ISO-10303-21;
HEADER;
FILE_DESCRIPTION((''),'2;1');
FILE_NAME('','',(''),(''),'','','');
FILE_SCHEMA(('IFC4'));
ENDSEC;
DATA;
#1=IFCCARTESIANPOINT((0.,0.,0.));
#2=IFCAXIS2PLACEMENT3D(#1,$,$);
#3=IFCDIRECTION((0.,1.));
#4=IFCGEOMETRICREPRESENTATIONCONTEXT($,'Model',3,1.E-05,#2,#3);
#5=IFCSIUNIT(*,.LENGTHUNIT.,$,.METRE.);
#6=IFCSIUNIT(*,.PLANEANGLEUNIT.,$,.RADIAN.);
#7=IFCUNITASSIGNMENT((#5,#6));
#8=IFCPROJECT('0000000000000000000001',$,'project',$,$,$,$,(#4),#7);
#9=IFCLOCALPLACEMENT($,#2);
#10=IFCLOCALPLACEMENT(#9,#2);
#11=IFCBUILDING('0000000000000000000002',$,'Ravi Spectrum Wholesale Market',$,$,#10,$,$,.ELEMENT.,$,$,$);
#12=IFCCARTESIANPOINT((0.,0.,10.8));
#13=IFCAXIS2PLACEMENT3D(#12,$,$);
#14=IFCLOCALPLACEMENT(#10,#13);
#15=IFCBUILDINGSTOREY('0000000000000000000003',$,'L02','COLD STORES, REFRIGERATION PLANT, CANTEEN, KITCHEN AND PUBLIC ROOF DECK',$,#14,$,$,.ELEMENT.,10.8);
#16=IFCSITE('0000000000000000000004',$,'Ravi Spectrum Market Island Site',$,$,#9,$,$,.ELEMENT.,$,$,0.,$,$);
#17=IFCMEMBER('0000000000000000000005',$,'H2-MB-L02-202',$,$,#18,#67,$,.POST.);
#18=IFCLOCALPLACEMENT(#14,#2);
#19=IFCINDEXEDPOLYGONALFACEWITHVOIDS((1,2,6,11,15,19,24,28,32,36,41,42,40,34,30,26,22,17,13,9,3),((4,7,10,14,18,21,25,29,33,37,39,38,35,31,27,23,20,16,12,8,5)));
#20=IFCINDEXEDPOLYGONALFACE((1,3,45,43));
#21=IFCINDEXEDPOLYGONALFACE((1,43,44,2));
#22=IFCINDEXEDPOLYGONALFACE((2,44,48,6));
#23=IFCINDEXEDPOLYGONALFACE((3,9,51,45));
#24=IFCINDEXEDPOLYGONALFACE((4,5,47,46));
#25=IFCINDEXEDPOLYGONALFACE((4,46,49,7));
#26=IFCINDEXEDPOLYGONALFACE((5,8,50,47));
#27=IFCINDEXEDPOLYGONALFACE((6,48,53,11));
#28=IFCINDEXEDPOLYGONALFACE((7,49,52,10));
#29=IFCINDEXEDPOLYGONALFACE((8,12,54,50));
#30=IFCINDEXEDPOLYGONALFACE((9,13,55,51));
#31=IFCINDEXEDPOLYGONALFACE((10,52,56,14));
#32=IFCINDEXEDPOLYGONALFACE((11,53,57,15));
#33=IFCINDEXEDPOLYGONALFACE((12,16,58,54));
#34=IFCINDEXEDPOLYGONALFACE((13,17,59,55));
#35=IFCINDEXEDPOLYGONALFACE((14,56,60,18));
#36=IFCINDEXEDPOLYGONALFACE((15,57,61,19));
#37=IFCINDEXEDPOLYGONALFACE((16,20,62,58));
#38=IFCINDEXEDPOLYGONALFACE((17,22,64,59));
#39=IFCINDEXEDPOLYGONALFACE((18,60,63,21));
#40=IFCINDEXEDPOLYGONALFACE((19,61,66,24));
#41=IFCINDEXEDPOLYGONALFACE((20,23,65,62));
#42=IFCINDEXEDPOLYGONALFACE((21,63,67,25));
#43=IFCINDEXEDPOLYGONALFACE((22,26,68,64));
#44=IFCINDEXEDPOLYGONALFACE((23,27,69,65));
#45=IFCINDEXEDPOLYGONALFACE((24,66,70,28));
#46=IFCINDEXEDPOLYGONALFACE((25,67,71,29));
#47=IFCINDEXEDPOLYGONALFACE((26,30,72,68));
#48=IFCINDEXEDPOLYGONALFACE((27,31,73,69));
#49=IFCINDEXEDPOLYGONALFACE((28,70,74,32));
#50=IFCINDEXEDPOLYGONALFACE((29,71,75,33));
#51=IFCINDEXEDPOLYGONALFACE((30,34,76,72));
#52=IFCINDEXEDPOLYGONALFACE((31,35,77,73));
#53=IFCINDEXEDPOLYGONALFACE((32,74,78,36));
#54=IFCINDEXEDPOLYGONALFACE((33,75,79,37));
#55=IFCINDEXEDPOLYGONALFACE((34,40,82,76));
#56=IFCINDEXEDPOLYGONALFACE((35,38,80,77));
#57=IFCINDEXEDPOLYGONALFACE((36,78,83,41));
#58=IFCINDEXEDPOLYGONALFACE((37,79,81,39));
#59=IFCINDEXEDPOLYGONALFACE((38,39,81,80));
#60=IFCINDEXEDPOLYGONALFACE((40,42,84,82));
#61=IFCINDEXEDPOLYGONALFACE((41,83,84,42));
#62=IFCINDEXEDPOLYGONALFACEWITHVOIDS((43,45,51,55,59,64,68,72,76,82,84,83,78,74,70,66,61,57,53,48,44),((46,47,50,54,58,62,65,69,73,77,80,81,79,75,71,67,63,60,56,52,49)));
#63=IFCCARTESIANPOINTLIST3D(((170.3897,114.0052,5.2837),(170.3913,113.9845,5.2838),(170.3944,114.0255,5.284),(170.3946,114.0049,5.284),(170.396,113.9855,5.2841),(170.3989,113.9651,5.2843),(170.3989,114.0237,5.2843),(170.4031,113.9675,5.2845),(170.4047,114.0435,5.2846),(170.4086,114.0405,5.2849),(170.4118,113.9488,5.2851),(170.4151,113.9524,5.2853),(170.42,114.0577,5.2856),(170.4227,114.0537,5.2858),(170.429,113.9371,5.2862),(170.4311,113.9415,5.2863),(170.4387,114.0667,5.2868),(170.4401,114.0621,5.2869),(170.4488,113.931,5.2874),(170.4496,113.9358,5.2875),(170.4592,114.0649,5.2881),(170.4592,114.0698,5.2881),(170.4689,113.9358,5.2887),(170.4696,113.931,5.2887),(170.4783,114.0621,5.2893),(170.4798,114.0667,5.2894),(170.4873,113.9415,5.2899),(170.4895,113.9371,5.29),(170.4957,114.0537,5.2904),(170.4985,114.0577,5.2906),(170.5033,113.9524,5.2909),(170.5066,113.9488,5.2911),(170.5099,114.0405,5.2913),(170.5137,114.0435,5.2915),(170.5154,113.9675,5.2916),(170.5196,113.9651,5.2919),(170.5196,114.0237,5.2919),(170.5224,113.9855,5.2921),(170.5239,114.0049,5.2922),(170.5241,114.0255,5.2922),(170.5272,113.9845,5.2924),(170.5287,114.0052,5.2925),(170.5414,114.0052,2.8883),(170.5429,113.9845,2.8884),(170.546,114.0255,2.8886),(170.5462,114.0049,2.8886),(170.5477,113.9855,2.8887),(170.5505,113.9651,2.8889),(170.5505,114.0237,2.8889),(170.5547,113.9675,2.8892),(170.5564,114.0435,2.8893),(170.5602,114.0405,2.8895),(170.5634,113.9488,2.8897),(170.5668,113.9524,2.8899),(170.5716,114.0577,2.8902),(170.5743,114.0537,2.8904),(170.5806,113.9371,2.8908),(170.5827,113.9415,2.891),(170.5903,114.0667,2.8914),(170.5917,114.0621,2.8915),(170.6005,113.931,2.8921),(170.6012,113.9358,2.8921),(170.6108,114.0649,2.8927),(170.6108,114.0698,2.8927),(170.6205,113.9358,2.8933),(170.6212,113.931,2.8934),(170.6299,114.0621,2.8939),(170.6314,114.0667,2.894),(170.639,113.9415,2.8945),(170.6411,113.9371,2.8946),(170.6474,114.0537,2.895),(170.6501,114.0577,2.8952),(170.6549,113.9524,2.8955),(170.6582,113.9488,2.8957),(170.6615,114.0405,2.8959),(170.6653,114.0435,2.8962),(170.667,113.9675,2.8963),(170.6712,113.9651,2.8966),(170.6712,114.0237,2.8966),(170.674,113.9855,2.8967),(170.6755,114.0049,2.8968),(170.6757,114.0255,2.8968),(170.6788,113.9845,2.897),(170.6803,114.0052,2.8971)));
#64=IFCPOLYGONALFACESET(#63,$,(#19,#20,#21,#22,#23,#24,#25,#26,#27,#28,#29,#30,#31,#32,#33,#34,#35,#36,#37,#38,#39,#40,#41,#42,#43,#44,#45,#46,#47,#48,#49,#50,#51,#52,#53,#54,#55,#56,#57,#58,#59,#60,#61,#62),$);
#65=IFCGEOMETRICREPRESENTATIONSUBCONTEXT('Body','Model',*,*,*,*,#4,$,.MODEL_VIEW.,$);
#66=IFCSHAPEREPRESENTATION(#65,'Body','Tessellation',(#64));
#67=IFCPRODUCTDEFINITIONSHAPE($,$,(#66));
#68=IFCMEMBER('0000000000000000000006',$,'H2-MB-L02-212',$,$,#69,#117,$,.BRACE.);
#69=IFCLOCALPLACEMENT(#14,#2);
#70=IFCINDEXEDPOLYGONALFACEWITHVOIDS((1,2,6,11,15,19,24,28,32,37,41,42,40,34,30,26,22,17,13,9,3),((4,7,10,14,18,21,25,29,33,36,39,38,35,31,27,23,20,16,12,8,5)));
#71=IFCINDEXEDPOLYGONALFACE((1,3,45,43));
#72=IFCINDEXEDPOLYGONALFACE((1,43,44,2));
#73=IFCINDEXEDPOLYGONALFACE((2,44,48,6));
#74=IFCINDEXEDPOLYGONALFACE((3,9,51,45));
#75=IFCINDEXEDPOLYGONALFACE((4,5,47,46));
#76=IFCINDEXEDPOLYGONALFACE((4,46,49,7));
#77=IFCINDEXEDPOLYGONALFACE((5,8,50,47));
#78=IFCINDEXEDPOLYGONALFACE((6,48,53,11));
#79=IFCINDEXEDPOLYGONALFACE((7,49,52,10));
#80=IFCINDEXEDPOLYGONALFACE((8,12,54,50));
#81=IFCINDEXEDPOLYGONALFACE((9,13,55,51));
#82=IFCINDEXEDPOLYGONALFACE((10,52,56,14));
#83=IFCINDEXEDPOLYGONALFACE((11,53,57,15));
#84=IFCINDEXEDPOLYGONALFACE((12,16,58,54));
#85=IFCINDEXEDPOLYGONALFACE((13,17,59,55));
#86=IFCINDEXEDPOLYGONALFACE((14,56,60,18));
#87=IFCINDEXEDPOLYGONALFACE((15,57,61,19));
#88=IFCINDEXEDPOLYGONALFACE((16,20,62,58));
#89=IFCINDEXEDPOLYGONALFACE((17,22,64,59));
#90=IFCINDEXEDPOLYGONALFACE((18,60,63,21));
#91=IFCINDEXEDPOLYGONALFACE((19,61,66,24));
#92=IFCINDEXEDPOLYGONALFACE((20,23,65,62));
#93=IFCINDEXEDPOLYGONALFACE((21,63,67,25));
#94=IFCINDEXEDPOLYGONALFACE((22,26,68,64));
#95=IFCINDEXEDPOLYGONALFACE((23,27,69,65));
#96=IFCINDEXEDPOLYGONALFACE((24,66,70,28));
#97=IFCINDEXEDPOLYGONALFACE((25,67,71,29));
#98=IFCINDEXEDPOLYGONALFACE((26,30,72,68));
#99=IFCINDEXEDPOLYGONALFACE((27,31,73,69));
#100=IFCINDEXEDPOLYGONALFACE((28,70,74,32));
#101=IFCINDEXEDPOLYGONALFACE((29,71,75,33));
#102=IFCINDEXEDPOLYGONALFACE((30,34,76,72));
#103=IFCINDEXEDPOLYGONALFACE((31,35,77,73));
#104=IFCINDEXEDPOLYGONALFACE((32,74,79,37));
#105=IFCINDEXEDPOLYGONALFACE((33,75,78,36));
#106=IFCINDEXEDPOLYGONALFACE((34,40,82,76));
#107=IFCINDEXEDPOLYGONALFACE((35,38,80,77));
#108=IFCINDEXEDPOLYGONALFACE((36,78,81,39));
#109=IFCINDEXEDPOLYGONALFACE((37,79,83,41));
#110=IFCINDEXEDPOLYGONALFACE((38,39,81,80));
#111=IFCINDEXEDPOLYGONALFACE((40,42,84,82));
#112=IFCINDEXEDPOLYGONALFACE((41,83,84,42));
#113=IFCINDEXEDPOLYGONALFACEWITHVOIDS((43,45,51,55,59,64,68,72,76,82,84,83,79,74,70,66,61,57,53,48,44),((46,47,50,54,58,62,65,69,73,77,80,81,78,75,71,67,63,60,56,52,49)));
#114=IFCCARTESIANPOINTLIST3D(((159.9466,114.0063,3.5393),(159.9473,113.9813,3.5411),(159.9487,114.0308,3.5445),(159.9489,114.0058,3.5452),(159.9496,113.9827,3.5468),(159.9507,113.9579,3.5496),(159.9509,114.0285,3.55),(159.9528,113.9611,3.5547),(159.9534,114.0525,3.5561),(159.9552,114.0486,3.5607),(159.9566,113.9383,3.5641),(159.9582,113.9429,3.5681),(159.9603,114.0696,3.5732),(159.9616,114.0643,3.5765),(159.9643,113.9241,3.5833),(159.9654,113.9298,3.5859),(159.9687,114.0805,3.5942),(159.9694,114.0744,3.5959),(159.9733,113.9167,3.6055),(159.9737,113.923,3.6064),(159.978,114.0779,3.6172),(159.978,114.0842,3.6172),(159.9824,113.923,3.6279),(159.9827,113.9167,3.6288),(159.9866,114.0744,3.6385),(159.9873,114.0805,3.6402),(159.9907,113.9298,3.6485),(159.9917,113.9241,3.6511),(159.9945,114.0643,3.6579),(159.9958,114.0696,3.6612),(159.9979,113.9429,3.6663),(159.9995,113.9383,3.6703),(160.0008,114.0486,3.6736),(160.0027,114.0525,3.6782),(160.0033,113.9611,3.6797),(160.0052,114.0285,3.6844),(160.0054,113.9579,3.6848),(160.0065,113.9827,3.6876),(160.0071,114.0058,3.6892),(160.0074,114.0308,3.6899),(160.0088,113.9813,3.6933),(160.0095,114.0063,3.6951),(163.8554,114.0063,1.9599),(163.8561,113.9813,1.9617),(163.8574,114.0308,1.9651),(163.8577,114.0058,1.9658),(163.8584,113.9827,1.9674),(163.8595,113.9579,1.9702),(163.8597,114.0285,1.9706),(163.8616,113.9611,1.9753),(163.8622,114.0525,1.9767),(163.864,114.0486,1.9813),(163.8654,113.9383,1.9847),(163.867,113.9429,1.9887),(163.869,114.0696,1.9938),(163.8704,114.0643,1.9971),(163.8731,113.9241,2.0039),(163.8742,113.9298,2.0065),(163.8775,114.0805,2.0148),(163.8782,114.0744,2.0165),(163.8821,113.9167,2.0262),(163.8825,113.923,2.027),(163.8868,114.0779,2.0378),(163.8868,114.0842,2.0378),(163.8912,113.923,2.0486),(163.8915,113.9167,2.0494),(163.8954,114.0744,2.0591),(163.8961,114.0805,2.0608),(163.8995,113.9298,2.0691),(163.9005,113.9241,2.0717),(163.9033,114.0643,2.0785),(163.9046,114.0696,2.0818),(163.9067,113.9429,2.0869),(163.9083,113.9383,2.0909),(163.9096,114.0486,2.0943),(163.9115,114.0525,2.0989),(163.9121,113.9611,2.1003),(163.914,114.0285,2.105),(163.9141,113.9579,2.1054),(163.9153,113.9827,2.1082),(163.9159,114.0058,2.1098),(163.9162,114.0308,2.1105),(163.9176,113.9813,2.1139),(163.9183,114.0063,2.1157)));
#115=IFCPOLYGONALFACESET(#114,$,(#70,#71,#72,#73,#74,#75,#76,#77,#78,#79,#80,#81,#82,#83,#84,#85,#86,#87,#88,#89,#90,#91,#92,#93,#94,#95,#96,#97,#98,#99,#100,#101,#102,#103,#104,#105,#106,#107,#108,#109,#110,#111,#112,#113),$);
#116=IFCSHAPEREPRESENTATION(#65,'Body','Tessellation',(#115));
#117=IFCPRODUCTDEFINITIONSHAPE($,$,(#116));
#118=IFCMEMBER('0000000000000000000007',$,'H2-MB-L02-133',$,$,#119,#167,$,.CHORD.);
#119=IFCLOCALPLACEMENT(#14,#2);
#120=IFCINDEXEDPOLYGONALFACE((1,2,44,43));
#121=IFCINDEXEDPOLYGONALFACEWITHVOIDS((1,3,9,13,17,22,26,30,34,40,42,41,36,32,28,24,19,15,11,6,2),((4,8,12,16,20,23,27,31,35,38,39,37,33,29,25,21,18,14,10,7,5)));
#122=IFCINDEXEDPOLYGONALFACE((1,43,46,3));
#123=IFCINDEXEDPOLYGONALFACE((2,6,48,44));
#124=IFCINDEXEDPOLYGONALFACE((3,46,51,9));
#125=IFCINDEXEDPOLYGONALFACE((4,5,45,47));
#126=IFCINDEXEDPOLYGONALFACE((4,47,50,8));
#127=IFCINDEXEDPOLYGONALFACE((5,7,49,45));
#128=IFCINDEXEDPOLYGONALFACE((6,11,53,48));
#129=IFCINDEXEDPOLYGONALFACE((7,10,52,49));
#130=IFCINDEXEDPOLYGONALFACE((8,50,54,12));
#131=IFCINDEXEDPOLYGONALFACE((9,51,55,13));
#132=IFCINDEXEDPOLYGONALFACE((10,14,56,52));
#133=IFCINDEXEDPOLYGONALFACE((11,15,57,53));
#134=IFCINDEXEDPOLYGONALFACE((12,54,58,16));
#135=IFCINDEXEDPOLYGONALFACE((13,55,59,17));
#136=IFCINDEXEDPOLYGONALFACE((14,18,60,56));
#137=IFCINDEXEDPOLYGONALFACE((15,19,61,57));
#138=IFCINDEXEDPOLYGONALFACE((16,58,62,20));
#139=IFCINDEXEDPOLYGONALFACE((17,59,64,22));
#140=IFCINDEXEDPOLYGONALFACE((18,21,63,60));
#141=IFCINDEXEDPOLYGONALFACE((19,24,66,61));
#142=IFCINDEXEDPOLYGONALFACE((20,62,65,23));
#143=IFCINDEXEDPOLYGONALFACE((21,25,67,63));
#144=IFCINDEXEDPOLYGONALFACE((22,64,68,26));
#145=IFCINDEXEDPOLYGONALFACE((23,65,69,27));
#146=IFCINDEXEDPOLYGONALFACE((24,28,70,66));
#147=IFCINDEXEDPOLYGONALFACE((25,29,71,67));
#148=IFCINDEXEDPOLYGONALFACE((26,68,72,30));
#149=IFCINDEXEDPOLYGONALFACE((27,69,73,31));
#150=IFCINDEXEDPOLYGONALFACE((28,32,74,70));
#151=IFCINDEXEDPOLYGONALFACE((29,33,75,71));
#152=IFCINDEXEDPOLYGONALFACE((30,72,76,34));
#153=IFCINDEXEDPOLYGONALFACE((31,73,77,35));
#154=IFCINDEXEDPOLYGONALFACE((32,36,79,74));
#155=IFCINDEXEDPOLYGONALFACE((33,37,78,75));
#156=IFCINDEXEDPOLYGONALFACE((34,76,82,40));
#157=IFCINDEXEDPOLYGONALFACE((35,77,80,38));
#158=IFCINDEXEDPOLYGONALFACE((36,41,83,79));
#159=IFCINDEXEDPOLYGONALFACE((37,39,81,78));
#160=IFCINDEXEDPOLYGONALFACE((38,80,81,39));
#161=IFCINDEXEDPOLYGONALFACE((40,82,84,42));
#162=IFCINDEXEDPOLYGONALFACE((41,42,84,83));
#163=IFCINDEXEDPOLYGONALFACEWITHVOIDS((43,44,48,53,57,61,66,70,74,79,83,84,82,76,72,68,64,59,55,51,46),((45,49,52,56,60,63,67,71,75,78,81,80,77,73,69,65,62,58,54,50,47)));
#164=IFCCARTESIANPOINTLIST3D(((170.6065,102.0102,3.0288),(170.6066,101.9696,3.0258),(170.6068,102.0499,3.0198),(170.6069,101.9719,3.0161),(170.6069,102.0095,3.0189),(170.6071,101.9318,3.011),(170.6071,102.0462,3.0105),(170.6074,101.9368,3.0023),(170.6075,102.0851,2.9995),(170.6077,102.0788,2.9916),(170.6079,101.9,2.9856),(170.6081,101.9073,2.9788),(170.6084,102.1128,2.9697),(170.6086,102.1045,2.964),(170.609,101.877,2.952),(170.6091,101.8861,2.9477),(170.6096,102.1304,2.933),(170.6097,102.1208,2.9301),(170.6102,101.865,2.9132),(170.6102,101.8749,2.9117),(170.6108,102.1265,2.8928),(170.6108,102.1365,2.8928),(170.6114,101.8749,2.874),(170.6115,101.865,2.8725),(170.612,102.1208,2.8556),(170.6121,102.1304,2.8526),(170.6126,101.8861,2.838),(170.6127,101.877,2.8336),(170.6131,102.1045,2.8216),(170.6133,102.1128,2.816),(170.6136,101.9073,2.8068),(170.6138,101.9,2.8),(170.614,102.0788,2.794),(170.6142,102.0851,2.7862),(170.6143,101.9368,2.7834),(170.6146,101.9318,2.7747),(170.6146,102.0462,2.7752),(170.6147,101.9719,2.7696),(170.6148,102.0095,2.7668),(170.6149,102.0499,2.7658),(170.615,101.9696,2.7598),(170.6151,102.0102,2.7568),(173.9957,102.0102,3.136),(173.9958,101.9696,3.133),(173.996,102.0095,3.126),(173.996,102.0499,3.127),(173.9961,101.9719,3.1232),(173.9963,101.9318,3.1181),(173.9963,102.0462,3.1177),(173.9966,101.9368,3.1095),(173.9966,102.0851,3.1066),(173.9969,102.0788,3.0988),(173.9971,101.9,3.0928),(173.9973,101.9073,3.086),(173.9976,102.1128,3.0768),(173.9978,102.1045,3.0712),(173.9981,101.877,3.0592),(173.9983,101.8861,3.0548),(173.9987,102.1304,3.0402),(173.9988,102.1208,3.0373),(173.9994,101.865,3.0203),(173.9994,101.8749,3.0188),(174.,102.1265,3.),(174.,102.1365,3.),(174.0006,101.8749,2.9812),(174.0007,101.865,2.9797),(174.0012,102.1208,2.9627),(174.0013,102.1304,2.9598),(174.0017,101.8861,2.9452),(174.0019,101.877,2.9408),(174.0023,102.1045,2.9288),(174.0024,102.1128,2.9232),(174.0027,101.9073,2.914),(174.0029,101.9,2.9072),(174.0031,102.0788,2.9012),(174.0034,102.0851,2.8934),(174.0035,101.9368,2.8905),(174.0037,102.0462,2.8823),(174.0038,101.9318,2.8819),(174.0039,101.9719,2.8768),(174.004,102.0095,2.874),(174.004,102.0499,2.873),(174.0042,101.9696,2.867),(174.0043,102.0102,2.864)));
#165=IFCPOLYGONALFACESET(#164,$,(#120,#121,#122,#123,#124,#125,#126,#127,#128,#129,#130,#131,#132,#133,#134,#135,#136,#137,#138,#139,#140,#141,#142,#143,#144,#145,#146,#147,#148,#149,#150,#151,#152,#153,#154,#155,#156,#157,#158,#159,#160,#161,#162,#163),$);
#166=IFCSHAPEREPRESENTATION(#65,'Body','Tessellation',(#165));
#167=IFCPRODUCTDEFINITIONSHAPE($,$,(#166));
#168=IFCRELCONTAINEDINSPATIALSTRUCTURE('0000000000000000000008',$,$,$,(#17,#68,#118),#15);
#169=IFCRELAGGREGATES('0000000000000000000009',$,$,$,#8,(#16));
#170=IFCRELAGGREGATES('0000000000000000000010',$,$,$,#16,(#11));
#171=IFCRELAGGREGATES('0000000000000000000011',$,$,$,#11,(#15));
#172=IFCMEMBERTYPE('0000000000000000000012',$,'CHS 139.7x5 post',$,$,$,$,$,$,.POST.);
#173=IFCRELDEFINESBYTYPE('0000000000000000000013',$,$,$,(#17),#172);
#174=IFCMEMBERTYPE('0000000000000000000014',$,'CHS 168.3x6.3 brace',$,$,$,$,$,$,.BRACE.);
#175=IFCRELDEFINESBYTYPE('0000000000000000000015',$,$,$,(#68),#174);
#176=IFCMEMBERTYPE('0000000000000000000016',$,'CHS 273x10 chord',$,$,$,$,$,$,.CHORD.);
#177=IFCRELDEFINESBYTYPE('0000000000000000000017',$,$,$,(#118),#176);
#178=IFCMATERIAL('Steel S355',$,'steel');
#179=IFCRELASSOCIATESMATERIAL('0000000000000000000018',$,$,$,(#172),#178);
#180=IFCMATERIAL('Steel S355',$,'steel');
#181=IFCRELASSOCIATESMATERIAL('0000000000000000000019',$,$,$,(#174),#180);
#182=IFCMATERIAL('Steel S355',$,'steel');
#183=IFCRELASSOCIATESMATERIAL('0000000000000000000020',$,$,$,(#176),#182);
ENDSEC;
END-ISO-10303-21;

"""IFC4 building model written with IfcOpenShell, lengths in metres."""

from ifc_helpers import new_model, si_unit, direction, frame, origin, origin_2d, place, context, subcontext, project, spatial, hollow_circle, extrude, material, material_profile, profile_set, type_object, element, save


model = new_model("IFC4")

# Units and contexts
model_context = context("Model", 3, precision=1e-05, world=origin(), true_north=direction((0.0, 1.0)))
body_context = subcontext(model_context, "Body", "Model", "MODEL_VIEW")
ifc_project = project(units=[si_unit("LENGTHUNIT", "METRE"), si_unit("PLANEANGLEUNIT", "RADIAN")], contexts=[model_context])

# Site, building, storey
site_placement = place(None, origin())
site = spatial("IfcSite", under=ifc_project, at=site_placement, Name="Ravi Spectrum Market Island Site", CompositionType="ELEMENT", RefElevation=0.0)
building_placement = place(site_placement, origin())
building = spatial("IfcBuilding", under=site, at=building_placement, Name="Ravi Spectrum Wholesale Market", CompositionType="ELEMENT")
storey_placement = place(building_placement, frame((0.0, 0.0, 10.8)))
storey = spatial("IfcBuildingStorey", under=building, at=storey_placement, Name="L02", Description="COLD STORES, REFRIGERATION PLANT, CANTEEN, KITCHEN AND PUBLIC ROOF DECK", CompositionType="ELEMENT", Elevation=10.8)

# Members
ifc_material_1 = material(Name="Steel S355", Category="steel")
ifc_material_profile_1 = material_profile(ifc_material_1, hollow_circle(Radius=0.0698, WallThickness=0.0049, at=origin_2d()))
ifc_profile_set_1 = profile_set([ifc_material_profile_1], Name="Steel S355")
member_type_1 = type_object("IfcMemberType", Name="CHS 139.7x5 post", PredefinedType="POST", material=ifc_profile_set_1)
for number, where, z_axis, x_axis, name in (
    (1, (170.4592, 114.0, 5.2881), (0.06317, 0.0, -0.998003), (0.0, 1.0, 0.0), "H2-MB-L02-202"),
):
    element("IfcMember", number, at=place(storey_placement, frame(where, z_axis=z_axis, x_axis=x_axis)), inside=storey, type_object=member_type_1, Name=name, PredefinedType="POST", context=body_context, shape_type="SweptSolid", body=[
        extrude(hollow_circle(Radius=0.0698, WallThickness=0.0049, at=origin_2d()), origin(), (0.0, 0.0, 1.0), 2.4001),
    ])
ifc_material_2 = material(Name="Steel S355", Category="steel")
ifc_material_profile_2 = material_profile(ifc_material_2, hollow_circle(Radius=0.0842, WallThickness=0.0063, at=origin_2d()))
ifc_profile_set_2 = profile_set([ifc_material_profile_2], Name="Steel S355")
member_type_2 = type_object("IfcMemberType", Name="CHS 168.3x6.3 brace", PredefinedType="BRACE", material=ifc_profile_set_2)
member_1_placement = place(storey_placement, frame((159.978, 114.0, 3.6172), z_axis=(0.927173, 0.0, -0.374633), x_axis=(0.0, 1.0, 0.0)))
element("IfcMember", 2, at=member_1_placement, inside=storey, type_object=member_type_2, Name="H2-MB-L02-212", PredefinedType="BRACE", context=body_context, shape_type="SweptSolid", body=[
    extrude(hollow_circle(Radius=0.0842, WallThickness=0.0063, at=origin_2d()), origin(), (0.0, 0.0, 1.0), 4.2158),
])
ifc_material_3 = material(Name="Steel S355", Category="steel")
ifc_material_profile_3 = material_profile(ifc_material_3, hollow_circle(Radius=0.1365, WallThickness=0.01, at=origin_2d()))
ifc_profile_set_3 = profile_set([ifc_material_profile_3], Name="Steel S355")
member_type_3 = type_object("IfcMemberType", Name="CHS 273x10 chord", PredefinedType="CHORD", material=ifc_profile_set_3)
for number, where, z_axis, x_axis, name in (
    (3, (170.6108, 102.0, 2.8928), (0.9995, 0.0, 0.031608), (0.0, 1.0, 0.0), "H2-MB-L02-133"),
):
    element("IfcMember", number, at=place(storey_placement, frame(where, z_axis=z_axis, x_axis=x_axis)), inside=storey, type_object=member_type_3, Name=name, PredefinedType="CHORD", context=body_context, shape_type="SweptSolid", body=[
        extrude(hollow_circle(Radius=0.1365, WallThickness=0.01, at=origin_2d()), origin(), (0.0, 0.0, 1.0), 3.3909),
    ])

save(model, "model.ifc")
